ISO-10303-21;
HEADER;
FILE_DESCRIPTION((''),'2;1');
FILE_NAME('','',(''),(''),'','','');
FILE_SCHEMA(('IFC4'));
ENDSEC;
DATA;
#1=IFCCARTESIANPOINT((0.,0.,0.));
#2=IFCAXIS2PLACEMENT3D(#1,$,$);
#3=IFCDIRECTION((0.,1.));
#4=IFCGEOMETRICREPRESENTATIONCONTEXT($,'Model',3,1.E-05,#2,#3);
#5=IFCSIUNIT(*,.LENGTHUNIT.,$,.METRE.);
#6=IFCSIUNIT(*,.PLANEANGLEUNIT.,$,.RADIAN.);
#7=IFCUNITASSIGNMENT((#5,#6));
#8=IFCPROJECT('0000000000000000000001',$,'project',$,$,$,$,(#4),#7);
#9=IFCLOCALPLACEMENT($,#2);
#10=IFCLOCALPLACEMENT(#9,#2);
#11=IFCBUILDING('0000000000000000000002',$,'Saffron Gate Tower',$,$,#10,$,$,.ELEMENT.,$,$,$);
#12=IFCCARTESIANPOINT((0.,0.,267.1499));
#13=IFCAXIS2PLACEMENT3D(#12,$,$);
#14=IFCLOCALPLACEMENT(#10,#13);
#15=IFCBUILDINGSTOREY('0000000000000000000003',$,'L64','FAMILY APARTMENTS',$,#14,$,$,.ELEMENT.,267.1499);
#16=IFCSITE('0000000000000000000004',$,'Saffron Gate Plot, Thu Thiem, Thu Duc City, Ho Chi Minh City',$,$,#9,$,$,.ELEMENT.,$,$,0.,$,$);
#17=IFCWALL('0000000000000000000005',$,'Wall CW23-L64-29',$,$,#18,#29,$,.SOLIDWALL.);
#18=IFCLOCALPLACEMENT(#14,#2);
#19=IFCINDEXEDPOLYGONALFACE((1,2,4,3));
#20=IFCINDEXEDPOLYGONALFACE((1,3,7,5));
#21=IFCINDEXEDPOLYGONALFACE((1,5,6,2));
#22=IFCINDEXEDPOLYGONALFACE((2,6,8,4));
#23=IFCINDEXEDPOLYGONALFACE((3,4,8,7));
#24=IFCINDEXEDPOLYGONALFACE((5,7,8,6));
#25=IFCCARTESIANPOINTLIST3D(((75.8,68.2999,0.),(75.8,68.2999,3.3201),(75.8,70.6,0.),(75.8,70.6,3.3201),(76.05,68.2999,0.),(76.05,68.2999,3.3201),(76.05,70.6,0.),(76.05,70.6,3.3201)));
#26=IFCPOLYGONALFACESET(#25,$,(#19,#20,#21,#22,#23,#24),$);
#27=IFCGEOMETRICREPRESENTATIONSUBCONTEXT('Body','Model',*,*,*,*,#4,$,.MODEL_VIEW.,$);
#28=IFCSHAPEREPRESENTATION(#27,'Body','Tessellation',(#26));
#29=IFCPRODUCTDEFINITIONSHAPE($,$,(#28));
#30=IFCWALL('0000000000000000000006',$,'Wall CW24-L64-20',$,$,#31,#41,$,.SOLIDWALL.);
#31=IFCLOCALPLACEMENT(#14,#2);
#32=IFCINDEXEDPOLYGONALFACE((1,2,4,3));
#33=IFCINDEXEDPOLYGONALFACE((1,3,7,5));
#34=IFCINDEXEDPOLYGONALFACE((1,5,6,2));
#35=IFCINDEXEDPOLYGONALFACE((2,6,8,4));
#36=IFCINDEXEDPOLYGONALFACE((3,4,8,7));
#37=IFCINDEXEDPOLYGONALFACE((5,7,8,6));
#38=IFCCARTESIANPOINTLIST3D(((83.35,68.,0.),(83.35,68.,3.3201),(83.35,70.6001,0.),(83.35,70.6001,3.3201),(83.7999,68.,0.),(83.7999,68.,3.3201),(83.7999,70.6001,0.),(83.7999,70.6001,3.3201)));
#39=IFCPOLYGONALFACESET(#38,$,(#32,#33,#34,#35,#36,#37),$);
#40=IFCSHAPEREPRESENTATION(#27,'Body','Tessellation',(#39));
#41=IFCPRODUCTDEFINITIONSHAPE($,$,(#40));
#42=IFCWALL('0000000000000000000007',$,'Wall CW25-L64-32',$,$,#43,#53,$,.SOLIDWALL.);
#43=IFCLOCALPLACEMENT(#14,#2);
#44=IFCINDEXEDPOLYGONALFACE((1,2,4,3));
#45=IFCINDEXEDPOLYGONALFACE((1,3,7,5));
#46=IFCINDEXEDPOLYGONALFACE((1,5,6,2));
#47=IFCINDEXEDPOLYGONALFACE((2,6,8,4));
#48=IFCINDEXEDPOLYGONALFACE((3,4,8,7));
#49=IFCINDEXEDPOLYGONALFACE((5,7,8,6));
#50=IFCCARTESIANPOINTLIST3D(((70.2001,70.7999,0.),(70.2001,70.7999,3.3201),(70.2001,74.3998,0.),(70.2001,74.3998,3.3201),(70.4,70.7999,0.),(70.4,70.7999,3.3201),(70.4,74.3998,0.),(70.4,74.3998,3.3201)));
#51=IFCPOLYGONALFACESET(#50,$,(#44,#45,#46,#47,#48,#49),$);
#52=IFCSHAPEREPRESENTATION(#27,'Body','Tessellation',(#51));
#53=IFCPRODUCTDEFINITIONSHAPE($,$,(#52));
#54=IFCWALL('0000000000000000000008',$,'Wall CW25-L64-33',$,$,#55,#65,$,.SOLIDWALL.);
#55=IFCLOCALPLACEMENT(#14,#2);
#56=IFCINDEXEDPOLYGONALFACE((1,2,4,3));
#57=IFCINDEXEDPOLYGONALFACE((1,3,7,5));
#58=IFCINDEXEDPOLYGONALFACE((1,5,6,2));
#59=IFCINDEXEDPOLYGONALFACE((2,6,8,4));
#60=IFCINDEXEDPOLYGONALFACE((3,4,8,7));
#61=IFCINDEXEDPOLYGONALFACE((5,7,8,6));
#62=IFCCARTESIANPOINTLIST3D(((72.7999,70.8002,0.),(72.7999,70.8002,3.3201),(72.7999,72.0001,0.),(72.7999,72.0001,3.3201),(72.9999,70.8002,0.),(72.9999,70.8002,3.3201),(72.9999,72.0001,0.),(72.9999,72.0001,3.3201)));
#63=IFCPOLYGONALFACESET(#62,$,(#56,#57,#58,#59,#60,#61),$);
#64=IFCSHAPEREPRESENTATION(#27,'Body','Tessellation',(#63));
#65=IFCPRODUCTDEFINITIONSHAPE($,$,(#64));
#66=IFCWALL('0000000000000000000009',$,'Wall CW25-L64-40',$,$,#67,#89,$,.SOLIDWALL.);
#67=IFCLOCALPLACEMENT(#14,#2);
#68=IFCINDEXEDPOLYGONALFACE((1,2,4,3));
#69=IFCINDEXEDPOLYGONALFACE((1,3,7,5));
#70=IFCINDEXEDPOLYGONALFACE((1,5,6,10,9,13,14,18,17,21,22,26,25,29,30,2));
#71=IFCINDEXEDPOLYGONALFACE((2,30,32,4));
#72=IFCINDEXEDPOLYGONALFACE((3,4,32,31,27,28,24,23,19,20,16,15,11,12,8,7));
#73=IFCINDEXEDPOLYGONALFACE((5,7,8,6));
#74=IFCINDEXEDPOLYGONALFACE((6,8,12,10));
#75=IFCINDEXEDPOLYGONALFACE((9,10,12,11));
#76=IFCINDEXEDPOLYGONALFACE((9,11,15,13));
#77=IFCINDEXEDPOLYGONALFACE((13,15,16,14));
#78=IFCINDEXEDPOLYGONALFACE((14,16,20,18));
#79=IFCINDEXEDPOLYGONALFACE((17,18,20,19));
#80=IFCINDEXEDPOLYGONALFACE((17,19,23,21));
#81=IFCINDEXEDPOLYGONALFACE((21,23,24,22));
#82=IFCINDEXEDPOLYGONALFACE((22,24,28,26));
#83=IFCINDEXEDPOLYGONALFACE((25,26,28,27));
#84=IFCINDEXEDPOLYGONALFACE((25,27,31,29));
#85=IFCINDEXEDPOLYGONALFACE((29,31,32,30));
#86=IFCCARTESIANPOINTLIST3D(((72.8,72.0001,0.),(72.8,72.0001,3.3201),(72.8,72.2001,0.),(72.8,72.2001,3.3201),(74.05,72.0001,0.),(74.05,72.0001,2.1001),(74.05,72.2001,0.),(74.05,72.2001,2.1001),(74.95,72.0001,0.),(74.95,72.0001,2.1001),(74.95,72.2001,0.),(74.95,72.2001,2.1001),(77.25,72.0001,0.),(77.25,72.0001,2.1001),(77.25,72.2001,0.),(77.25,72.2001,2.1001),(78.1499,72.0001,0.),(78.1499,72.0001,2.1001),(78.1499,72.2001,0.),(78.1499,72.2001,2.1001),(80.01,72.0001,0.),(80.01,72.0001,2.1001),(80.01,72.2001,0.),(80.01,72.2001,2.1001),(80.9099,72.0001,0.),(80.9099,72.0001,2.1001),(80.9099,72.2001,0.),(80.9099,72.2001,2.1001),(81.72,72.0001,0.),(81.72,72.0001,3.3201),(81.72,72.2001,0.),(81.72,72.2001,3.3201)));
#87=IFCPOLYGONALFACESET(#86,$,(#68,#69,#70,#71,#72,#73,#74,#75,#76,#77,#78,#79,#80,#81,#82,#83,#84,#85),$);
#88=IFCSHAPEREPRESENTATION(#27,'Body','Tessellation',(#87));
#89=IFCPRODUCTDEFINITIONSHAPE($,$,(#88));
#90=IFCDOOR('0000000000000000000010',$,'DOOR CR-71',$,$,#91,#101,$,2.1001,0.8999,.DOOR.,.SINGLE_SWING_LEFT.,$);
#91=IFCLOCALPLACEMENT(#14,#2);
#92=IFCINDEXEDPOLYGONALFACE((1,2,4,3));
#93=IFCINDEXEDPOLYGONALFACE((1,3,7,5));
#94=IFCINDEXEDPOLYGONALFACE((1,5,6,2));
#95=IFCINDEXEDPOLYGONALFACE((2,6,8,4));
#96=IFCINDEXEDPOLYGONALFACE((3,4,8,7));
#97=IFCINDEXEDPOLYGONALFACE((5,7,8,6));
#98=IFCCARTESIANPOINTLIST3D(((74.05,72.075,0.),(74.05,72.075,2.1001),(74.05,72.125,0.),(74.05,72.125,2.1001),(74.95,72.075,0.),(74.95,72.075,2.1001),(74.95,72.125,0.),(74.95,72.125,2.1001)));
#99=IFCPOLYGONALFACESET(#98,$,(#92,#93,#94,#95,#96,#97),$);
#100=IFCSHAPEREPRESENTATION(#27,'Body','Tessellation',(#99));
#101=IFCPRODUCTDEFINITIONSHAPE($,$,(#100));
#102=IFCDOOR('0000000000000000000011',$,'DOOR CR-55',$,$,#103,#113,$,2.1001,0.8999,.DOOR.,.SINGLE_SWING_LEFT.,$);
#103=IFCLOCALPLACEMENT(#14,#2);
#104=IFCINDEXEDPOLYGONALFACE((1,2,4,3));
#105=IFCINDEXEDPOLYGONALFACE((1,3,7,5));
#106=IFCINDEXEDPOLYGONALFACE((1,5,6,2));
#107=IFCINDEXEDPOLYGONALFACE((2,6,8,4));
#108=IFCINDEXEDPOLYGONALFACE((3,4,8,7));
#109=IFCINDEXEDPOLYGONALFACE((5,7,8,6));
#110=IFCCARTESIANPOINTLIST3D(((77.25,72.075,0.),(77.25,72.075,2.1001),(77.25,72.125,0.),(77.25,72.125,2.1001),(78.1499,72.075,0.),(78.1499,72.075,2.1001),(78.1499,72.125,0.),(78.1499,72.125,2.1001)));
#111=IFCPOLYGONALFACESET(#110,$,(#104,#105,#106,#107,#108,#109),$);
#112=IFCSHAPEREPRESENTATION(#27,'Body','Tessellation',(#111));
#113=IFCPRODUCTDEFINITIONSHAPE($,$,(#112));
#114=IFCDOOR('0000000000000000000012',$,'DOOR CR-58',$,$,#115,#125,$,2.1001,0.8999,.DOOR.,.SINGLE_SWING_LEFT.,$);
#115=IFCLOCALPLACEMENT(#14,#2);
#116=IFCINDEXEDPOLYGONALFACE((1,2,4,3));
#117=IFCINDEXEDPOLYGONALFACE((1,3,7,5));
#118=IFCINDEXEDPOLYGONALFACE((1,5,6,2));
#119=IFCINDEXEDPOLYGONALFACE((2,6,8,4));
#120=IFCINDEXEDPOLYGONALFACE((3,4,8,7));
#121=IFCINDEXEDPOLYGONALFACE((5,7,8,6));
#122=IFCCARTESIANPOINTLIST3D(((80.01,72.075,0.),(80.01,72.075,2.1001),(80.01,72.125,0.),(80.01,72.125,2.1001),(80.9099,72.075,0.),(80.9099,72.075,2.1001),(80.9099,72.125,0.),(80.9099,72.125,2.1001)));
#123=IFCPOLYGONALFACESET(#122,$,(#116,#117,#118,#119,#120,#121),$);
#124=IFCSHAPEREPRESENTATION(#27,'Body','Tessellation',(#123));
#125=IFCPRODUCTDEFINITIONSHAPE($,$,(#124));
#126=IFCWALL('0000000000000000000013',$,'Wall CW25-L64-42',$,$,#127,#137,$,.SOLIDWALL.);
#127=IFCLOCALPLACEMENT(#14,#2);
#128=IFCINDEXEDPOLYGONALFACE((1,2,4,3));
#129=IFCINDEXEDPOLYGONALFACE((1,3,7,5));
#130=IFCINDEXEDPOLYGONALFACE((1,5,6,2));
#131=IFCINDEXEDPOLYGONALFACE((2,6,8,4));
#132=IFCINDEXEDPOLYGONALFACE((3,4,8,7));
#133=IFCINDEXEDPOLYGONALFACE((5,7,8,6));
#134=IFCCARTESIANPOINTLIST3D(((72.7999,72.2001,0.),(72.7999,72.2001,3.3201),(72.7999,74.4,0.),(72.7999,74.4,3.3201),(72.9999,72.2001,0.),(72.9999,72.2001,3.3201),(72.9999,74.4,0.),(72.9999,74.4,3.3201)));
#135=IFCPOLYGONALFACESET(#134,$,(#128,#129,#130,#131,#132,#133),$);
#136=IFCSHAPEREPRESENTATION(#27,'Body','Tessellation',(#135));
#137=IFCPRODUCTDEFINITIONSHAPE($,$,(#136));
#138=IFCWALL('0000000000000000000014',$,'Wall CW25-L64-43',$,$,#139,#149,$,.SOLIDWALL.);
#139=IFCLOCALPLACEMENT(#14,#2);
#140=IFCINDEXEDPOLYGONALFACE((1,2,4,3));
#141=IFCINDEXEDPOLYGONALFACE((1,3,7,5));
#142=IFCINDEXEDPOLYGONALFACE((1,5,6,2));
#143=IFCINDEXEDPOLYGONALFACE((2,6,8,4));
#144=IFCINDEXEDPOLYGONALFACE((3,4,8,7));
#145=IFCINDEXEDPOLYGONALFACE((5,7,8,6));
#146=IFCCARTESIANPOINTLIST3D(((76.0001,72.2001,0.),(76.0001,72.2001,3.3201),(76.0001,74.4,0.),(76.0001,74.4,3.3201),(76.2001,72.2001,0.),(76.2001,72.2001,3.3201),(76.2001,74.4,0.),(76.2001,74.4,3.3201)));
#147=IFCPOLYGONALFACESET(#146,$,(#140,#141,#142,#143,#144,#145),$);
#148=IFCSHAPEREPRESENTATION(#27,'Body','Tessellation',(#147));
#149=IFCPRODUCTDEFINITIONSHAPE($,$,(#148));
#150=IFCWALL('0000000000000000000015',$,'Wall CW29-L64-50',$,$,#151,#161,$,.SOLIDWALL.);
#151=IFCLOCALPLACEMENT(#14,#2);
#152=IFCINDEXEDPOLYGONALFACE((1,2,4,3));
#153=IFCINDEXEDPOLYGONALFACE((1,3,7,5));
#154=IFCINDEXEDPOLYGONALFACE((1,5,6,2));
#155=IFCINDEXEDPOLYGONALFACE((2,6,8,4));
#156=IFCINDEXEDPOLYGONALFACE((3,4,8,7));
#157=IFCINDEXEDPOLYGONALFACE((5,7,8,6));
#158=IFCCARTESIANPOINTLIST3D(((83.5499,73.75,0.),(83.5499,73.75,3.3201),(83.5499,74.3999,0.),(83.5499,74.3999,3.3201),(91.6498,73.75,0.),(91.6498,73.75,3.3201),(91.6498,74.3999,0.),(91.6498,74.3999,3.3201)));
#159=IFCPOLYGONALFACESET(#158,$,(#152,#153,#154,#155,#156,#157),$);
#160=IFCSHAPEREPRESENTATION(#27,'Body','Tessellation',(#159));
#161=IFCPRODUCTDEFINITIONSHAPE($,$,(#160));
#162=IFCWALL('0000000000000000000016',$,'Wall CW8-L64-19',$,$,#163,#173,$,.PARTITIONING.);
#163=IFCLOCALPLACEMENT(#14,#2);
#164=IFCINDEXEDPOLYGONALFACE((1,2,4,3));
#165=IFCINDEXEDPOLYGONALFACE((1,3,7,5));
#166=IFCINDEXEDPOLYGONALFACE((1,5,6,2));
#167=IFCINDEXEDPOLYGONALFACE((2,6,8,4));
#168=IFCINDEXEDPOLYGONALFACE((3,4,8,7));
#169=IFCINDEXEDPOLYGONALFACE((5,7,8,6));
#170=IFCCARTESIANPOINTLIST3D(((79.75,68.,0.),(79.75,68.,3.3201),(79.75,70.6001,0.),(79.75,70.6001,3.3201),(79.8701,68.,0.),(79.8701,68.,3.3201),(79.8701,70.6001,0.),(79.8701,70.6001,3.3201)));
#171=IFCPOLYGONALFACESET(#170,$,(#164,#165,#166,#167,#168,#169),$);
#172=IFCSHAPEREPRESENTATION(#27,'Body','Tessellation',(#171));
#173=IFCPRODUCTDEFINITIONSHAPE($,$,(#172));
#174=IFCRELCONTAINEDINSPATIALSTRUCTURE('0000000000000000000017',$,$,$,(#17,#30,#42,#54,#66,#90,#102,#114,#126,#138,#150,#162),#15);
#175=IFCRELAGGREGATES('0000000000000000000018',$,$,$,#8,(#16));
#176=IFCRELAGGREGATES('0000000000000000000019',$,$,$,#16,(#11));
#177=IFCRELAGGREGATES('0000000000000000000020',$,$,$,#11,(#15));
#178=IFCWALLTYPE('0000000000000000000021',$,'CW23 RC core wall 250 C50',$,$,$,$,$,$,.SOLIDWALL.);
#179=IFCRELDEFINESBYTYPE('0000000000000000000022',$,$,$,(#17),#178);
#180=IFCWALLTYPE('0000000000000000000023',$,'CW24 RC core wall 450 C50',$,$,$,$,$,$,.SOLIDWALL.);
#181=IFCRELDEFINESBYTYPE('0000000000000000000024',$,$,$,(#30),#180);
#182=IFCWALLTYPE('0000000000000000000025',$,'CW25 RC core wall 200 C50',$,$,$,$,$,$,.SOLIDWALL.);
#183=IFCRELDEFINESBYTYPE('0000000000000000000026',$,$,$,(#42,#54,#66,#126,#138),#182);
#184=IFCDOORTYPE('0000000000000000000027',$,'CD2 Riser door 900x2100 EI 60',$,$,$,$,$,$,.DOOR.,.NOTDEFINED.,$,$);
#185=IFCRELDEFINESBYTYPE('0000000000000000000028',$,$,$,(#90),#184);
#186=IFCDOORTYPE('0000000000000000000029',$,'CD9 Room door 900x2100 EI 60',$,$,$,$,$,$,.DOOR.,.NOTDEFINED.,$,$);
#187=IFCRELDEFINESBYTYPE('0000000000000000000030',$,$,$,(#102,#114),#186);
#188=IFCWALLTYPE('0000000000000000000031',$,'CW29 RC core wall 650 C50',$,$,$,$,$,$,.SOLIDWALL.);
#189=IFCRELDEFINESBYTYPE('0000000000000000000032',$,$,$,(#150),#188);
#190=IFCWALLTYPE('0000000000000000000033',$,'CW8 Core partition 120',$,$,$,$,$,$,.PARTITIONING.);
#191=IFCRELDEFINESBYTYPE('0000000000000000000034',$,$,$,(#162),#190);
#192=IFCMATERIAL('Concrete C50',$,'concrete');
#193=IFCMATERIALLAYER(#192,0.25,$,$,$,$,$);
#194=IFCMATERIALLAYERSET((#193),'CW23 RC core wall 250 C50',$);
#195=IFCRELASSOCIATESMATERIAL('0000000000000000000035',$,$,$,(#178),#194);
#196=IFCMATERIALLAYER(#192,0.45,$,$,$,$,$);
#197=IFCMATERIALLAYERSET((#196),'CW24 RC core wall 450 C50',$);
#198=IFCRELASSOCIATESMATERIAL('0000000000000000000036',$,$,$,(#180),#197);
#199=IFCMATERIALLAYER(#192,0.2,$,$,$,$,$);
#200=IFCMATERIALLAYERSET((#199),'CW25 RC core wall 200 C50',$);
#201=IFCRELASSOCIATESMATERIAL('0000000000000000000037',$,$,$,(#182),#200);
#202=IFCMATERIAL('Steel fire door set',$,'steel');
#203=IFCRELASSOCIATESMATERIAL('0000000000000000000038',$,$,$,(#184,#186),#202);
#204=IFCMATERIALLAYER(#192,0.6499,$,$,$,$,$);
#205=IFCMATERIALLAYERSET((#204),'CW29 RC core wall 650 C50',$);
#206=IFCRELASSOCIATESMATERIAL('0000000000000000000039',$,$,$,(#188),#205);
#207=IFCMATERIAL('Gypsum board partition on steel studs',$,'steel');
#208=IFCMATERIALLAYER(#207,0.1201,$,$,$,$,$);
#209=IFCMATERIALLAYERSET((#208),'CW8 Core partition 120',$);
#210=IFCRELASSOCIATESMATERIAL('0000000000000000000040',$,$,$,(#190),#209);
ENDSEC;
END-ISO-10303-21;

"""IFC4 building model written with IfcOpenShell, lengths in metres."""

from ifc_helpers import new_model, si_unit, direction, frame, frame_2d, origin, place, context, subcontext, project, spatial, rectangle, extrude, material, layer, layer_set, type_object, element, fill, save


model = new_model("IFC4")

# Units and contexts
model_context = context("Model", 3, precision=1e-05, world=origin(), true_north=direction((0.0, 1.0)))
body_context = subcontext(model_context, "Body", "Model", "MODEL_VIEW")
ifc_project = project(units=[si_unit("LENGTHUNIT", "METRE"), si_unit("PLANEANGLEUNIT", "RADIAN")], contexts=[model_context])

# Site, building, storey
site_placement = place(None, origin())
site = spatial("IfcSite", under=ifc_project, at=site_placement, Name="Saffron Gate Plot, Thu Thiem, Thu Duc City, Ho Chi Minh City", CompositionType="ELEMENT", RefElevation=0.0)
building_placement = place(site_placement, origin())
building = spatial("IfcBuilding", under=site, at=building_placement, Name="Saffron Gate Tower", CompositionType="ELEMENT")
storey_placement = place(building_placement, frame((0.0, 0.0, 267.1499)))
storey = spatial("IfcBuildingStorey", under=building, at=storey_placement, Name="L64", Description="FAMILY APARTMENTS", CompositionType="ELEMENT", Elevation=267.1499)

# Walls
ifc_material_1 = material(Name="Concrete C50", Category="concrete")
ifc_layer_1 = layer(ifc_material_1, 0.25)
ifc_layer_set_1 = layer_set([ifc_layer_1], Name="CW23 RC core wall 250 C50")
wall_type_1 = type_object("IfcWallType", Name="CW23 RC core wall 250 C50", PredefinedType="SOLIDWALL", material=ifc_layer_set_1)
wall_1_placement = place(storey_placement, frame((75.925, 68.3, 0.0), z_axis=(0.0, 0.0, 1.0), x_axis=(0.0, 1.0, 0.0)))
element("IfcWall", 1, at=wall_1_placement, inside=storey, type_object=wall_type_1, Name="Wall CW23-L64-29", PredefinedType="SOLIDWALL", context=body_context, shape_type="SweptSolid", body=[
    extrude(rectangle(XDim=2.3, YDim=0.25, at=frame_2d((1.1499, 0.0))), origin(), (0.0, 0.0, 1.0), 3.3201),
])
ifc_layer_2 = layer(ifc_material_1, 0.45)
ifc_layer_set_2 = layer_set([ifc_layer_2], Name="CW24 RC core wall 450 C50")
wall_type_2 = type_object("IfcWallType", Name="CW24 RC core wall 450 C50", PredefinedType="SOLIDWALL", material=ifc_layer_set_2)
wall_2_placement = place(storey_placement, frame((83.575, 68.0, 0.0), z_axis=(0.0, 0.0, 1.0), x_axis=(0.0, 1.0, 0.0)))
element("IfcWall", 2, at=wall_2_placement, inside=storey, type_object=wall_type_2, Name="Wall CW24-L64-20", PredefinedType="SOLIDWALL", context=body_context, shape_type="SweptSolid", body=[
    extrude(rectangle(XDim=2.6001, YDim=0.45, at=frame_2d((1.3, 0.0))), origin(), (0.0, 0.0, 1.0), 3.3201),
])
ifc_layer_3 = layer(ifc_material_1, 0.2)
ifc_layer_set_3 = layer_set([ifc_layer_3], Name="CW25 RC core wall 200 C50")
wall_type_3 = type_object("IfcWallType", Name="CW25 RC core wall 200 C50", PredefinedType="SOLIDWALL", material=ifc_layer_set_3)
wall_3_placement = place(storey_placement, frame((70.3, 70.8, 0.0), z_axis=(0.0, 0.0, 1.0), x_axis=(0.0, 1.0, 0.0)))
element("IfcWall", 3, at=wall_3_placement, inside=storey, type_object=wall_type_3, Name="Wall CW25-L64-32", PredefinedType="SOLIDWALL", context=body_context, shape_type="SweptSolid", body=[
    extrude(rectangle(XDim=3.5999, YDim=0.2, at=frame_2d((1.7998, 0.0))), origin(), (0.0, 0.0, 1.0), 3.3201),
])
wall_4_placement = place(storey_placement, frame((72.8999, 70.8, 0.0), z_axis=(0.0, 0.0, 1.0), x_axis=(0.0, 1.0, 0.0)))
element("IfcWall", 4, at=wall_4_placement, inside=storey, type_object=wall_type_3, Name="Wall CW25-L64-33", PredefinedType="SOLIDWALL", context=body_context, shape_type="SweptSolid", body=[
    extrude(rectangle(XDim=1.2, YDim=0.2, at=frame_2d((0.6001, 0.0))), origin(), (0.0, 0.0, 1.0), 3.3201),
])

# Wall, openings, doors
wall_5_placement = place(storey_placement, frame((72.8, 72.1001, 0.0), z_axis=(0.0, 0.0, 1.0), x_axis=(1.0, 0.0, 0.0)))
wall_5 = element("IfcWall", 5, at=wall_5_placement, inside=storey, type_object=wall_type_3, Name="Wall CW25-L64-40", PredefinedType="SOLIDWALL", context=body_context, shape_type="SweptSolid", body=[
    extrude(rectangle(XDim=8.9199, YDim=0.2, at=frame_2d((4.46, 0.0))), origin(), (0.0, 0.0, 1.0), 3.3201),
])
opening_1_placement = place(wall_5_placement, frame((1.25, 0.0, 0.0)))
opening_1 = element("IfcOpeningElement", 6, at=opening_1_placement, cuts=wall_5, PredefinedType="OPENING", context=body_context, shape_type="SweptSolid", body=[
    extrude(rectangle(XDim=0.8999, YDim=2.1001, at=frame_2d((0.45, 1.05))), frame((0.0, 0.1099, 0.0), z_axis=(0.0, -1.0, 0.0), x_axis=(1.0, 0.0, 0.0)), (0.0, 0.0, 1.0), 0.22),
])
opening_2_placement = place(wall_5_placement, frame((4.45, 0.0, 0.0)))
opening_2 = element("IfcOpeningElement", 7, at=opening_2_placement, cuts=wall_5, PredefinedType="OPENING", context=body_context, shape_type="SweptSolid", body=[
    extrude(rectangle(XDim=0.8999, YDim=2.1001, at=frame_2d((0.45, 1.05))), frame((0.0, 0.1099, 0.0), z_axis=(0.0, -1.0, 0.0), x_axis=(1.0, 0.0, 0.0)), (0.0, 0.0, 1.0), 0.22),
])
opening_3_placement = place(wall_5_placement, frame((7.21, 0.0, 0.0)))
opening_3 = element("IfcOpeningElement", 8, at=opening_3_placement, cuts=wall_5, PredefinedType="OPENING", context=body_context, shape_type="SweptSolid", body=[
    extrude(rectangle(XDim=0.8999, YDim=2.1001, at=frame_2d((0.45, 1.05))), frame((0.0, 0.1099, 0.0), z_axis=(0.0, -1.0, 0.0), x_axis=(1.0, 0.0, 0.0)), (0.0, 0.0, 1.0), 0.22),
])
ifc_material_2 = material(Name="Steel fire door set", Category="steel")
door_type_1 = type_object("IfcDoorType", Name="CD2 Riser door 900x2100 EI 60", OperationType="NOTDEFINED", PredefinedType="DOOR", material=ifc_material_2)
door_1_placement = place(opening_1_placement, origin())
door_1 = element("IfcDoor", 9, at=door_1_placement, inside=storey, type_object=door_type_1, Name="DOOR CR-71", OperationType="SINGLE_SWING_LEFT", OverallHeight=2.1001, OverallWidth=0.8999, PredefinedType="DOOR", context=body_context, shape_type="SweptSolid", body=[
    extrude(rectangle(XDim=0.8999, YDim=2.1001, at=frame_2d((0.45, 1.05))), frame((0.0, 0.0249, 0.0), z_axis=(0.0, -1.0, 0.0), x_axis=(1.0, 0.0, 0.0)), (0.0, 0.0, 1.0), 0.05),
])
fill(opening_1, door_1)
door_type_2 = type_object("IfcDoorType", Name="CD9 Room door 900x2100 EI 60", OperationType="NOTDEFINED", PredefinedType="DOOR", material=ifc_material_2)
door_2_placement = place(opening_2_placement, origin())
door_2 = element("IfcDoor", 10, at=door_2_placement, inside=storey, type_object=door_type_2, Name="DOOR CR-55", OperationType="SINGLE_SWING_LEFT", OverallHeight=2.1001, OverallWidth=0.8999, PredefinedType="DOOR", context=body_context, shape_type="SweptSolid", body=[
    extrude(rectangle(XDim=0.8999, YDim=2.1001, at=frame_2d((0.45, 1.05))), frame((0.0, 0.0249, 0.0), z_axis=(0.0, -1.0, 0.0), x_axis=(1.0, 0.0, 0.0)), (0.0, 0.0, 1.0), 0.05),
])
fill(opening_2, door_2)
door_3_placement = place(opening_3_placement, origin())
door_3 = element("IfcDoor", 11, at=door_3_placement, inside=storey, type_object=door_type_2, Name="DOOR CR-58", OperationType="SINGLE_SWING_LEFT", OverallHeight=2.1001, OverallWidth=0.8999, PredefinedType="DOOR", context=body_context, shape_type="SweptSolid", body=[
    extrude(rectangle(XDim=0.8999, YDim=2.1001, at=frame_2d((0.45, 1.05))), frame((0.0, 0.0249, 0.0), z_axis=(0.0, -1.0, 0.0), x_axis=(1.0, 0.0, 0.0)), (0.0, 0.0, 1.0), 0.05),
])
fill(opening_3, door_3)

# Walls
for number, where, z_axis, x_axis, name in (
    (12, (72.8999, 72.2, 0.0), (0.0, 0.0, 1.0), (0.0, 1.0, 0.0), "Wall CW25-L64-42"),
    (13, (76.1001, 72.2, 0.0), (0.0, 0.0, 1.0), (0.0, 1.0, 0.0), "Wall CW25-L64-43"),
):
    element("IfcWall", number, at=place(storey_placement, frame(where, z_axis=z_axis, x_axis=x_axis)), inside=storey, type_object=wall_type_3, Name=name, PredefinedType="SOLIDWALL", context=body_context, shape_type="SweptSolid", body=[
        extrude(rectangle(XDim=2.2, YDim=0.2, at=frame_2d((1.1001, 0.0))), origin(), (0.0, 0.0, 1.0), 3.3201),
    ])
ifc_layer_4 = layer(ifc_material_1, 0.6499)
ifc_layer_set_4 = layer_set([ifc_layer_4], Name="CW29 RC core wall 650 C50")
wall_type_4 = type_object("IfcWallType", Name="CW29 RC core wall 650 C50", PredefinedType="SOLIDWALL", material=ifc_layer_set_4)
wall_6_placement = place(storey_placement, frame((83.55, 74.075, 0.0), z_axis=(0.0, 0.0, 1.0), x_axis=(1.0, 0.0, 0.0)))
element("IfcWall", 14, at=wall_6_placement, inside=storey, type_object=wall_type_4, Name="Wall CW29-L64-50", PredefinedType="SOLIDWALL", context=body_context, shape_type="SweptSolid", body=[
    extrude(rectangle(XDim=8.0999, YDim=0.6499, at=frame_2d((4.0498, 0.0))), origin(), (0.0, 0.0, 1.0), 3.3201),
])
ifc_material_3 = material(Name="Gypsum board partition on steel studs", Category="steel")
ifc_layer_5 = layer(ifc_material_3, 0.1201)
ifc_layer_set_5 = layer_set([ifc_layer_5], Name="CW8 Core partition 120")
wall_type_5 = type_object("IfcWallType", Name="CW8 Core partition 120", PredefinedType="PARTITIONING", material=ifc_layer_set_5)
wall_7_placement = place(storey_placement, frame((79.8101, 68.0, 0.0), z_axis=(0.0, 0.0, 1.0), x_axis=(0.0, 1.0, 0.0)))
element("IfcWall", 15, at=wall_7_placement, inside=storey, type_object=wall_type_5, Name="Wall CW8-L64-19", PredefinedType="PARTITIONING", context=body_context, shape_type="SweptSolid", body=[
    extrude(rectangle(XDim=2.6001, YDim=0.1201, at=frame_2d((1.3, 0.0))), origin(), (0.0, 0.0, 1.0), 3.3201),
])

save(model, "model.ifc")
